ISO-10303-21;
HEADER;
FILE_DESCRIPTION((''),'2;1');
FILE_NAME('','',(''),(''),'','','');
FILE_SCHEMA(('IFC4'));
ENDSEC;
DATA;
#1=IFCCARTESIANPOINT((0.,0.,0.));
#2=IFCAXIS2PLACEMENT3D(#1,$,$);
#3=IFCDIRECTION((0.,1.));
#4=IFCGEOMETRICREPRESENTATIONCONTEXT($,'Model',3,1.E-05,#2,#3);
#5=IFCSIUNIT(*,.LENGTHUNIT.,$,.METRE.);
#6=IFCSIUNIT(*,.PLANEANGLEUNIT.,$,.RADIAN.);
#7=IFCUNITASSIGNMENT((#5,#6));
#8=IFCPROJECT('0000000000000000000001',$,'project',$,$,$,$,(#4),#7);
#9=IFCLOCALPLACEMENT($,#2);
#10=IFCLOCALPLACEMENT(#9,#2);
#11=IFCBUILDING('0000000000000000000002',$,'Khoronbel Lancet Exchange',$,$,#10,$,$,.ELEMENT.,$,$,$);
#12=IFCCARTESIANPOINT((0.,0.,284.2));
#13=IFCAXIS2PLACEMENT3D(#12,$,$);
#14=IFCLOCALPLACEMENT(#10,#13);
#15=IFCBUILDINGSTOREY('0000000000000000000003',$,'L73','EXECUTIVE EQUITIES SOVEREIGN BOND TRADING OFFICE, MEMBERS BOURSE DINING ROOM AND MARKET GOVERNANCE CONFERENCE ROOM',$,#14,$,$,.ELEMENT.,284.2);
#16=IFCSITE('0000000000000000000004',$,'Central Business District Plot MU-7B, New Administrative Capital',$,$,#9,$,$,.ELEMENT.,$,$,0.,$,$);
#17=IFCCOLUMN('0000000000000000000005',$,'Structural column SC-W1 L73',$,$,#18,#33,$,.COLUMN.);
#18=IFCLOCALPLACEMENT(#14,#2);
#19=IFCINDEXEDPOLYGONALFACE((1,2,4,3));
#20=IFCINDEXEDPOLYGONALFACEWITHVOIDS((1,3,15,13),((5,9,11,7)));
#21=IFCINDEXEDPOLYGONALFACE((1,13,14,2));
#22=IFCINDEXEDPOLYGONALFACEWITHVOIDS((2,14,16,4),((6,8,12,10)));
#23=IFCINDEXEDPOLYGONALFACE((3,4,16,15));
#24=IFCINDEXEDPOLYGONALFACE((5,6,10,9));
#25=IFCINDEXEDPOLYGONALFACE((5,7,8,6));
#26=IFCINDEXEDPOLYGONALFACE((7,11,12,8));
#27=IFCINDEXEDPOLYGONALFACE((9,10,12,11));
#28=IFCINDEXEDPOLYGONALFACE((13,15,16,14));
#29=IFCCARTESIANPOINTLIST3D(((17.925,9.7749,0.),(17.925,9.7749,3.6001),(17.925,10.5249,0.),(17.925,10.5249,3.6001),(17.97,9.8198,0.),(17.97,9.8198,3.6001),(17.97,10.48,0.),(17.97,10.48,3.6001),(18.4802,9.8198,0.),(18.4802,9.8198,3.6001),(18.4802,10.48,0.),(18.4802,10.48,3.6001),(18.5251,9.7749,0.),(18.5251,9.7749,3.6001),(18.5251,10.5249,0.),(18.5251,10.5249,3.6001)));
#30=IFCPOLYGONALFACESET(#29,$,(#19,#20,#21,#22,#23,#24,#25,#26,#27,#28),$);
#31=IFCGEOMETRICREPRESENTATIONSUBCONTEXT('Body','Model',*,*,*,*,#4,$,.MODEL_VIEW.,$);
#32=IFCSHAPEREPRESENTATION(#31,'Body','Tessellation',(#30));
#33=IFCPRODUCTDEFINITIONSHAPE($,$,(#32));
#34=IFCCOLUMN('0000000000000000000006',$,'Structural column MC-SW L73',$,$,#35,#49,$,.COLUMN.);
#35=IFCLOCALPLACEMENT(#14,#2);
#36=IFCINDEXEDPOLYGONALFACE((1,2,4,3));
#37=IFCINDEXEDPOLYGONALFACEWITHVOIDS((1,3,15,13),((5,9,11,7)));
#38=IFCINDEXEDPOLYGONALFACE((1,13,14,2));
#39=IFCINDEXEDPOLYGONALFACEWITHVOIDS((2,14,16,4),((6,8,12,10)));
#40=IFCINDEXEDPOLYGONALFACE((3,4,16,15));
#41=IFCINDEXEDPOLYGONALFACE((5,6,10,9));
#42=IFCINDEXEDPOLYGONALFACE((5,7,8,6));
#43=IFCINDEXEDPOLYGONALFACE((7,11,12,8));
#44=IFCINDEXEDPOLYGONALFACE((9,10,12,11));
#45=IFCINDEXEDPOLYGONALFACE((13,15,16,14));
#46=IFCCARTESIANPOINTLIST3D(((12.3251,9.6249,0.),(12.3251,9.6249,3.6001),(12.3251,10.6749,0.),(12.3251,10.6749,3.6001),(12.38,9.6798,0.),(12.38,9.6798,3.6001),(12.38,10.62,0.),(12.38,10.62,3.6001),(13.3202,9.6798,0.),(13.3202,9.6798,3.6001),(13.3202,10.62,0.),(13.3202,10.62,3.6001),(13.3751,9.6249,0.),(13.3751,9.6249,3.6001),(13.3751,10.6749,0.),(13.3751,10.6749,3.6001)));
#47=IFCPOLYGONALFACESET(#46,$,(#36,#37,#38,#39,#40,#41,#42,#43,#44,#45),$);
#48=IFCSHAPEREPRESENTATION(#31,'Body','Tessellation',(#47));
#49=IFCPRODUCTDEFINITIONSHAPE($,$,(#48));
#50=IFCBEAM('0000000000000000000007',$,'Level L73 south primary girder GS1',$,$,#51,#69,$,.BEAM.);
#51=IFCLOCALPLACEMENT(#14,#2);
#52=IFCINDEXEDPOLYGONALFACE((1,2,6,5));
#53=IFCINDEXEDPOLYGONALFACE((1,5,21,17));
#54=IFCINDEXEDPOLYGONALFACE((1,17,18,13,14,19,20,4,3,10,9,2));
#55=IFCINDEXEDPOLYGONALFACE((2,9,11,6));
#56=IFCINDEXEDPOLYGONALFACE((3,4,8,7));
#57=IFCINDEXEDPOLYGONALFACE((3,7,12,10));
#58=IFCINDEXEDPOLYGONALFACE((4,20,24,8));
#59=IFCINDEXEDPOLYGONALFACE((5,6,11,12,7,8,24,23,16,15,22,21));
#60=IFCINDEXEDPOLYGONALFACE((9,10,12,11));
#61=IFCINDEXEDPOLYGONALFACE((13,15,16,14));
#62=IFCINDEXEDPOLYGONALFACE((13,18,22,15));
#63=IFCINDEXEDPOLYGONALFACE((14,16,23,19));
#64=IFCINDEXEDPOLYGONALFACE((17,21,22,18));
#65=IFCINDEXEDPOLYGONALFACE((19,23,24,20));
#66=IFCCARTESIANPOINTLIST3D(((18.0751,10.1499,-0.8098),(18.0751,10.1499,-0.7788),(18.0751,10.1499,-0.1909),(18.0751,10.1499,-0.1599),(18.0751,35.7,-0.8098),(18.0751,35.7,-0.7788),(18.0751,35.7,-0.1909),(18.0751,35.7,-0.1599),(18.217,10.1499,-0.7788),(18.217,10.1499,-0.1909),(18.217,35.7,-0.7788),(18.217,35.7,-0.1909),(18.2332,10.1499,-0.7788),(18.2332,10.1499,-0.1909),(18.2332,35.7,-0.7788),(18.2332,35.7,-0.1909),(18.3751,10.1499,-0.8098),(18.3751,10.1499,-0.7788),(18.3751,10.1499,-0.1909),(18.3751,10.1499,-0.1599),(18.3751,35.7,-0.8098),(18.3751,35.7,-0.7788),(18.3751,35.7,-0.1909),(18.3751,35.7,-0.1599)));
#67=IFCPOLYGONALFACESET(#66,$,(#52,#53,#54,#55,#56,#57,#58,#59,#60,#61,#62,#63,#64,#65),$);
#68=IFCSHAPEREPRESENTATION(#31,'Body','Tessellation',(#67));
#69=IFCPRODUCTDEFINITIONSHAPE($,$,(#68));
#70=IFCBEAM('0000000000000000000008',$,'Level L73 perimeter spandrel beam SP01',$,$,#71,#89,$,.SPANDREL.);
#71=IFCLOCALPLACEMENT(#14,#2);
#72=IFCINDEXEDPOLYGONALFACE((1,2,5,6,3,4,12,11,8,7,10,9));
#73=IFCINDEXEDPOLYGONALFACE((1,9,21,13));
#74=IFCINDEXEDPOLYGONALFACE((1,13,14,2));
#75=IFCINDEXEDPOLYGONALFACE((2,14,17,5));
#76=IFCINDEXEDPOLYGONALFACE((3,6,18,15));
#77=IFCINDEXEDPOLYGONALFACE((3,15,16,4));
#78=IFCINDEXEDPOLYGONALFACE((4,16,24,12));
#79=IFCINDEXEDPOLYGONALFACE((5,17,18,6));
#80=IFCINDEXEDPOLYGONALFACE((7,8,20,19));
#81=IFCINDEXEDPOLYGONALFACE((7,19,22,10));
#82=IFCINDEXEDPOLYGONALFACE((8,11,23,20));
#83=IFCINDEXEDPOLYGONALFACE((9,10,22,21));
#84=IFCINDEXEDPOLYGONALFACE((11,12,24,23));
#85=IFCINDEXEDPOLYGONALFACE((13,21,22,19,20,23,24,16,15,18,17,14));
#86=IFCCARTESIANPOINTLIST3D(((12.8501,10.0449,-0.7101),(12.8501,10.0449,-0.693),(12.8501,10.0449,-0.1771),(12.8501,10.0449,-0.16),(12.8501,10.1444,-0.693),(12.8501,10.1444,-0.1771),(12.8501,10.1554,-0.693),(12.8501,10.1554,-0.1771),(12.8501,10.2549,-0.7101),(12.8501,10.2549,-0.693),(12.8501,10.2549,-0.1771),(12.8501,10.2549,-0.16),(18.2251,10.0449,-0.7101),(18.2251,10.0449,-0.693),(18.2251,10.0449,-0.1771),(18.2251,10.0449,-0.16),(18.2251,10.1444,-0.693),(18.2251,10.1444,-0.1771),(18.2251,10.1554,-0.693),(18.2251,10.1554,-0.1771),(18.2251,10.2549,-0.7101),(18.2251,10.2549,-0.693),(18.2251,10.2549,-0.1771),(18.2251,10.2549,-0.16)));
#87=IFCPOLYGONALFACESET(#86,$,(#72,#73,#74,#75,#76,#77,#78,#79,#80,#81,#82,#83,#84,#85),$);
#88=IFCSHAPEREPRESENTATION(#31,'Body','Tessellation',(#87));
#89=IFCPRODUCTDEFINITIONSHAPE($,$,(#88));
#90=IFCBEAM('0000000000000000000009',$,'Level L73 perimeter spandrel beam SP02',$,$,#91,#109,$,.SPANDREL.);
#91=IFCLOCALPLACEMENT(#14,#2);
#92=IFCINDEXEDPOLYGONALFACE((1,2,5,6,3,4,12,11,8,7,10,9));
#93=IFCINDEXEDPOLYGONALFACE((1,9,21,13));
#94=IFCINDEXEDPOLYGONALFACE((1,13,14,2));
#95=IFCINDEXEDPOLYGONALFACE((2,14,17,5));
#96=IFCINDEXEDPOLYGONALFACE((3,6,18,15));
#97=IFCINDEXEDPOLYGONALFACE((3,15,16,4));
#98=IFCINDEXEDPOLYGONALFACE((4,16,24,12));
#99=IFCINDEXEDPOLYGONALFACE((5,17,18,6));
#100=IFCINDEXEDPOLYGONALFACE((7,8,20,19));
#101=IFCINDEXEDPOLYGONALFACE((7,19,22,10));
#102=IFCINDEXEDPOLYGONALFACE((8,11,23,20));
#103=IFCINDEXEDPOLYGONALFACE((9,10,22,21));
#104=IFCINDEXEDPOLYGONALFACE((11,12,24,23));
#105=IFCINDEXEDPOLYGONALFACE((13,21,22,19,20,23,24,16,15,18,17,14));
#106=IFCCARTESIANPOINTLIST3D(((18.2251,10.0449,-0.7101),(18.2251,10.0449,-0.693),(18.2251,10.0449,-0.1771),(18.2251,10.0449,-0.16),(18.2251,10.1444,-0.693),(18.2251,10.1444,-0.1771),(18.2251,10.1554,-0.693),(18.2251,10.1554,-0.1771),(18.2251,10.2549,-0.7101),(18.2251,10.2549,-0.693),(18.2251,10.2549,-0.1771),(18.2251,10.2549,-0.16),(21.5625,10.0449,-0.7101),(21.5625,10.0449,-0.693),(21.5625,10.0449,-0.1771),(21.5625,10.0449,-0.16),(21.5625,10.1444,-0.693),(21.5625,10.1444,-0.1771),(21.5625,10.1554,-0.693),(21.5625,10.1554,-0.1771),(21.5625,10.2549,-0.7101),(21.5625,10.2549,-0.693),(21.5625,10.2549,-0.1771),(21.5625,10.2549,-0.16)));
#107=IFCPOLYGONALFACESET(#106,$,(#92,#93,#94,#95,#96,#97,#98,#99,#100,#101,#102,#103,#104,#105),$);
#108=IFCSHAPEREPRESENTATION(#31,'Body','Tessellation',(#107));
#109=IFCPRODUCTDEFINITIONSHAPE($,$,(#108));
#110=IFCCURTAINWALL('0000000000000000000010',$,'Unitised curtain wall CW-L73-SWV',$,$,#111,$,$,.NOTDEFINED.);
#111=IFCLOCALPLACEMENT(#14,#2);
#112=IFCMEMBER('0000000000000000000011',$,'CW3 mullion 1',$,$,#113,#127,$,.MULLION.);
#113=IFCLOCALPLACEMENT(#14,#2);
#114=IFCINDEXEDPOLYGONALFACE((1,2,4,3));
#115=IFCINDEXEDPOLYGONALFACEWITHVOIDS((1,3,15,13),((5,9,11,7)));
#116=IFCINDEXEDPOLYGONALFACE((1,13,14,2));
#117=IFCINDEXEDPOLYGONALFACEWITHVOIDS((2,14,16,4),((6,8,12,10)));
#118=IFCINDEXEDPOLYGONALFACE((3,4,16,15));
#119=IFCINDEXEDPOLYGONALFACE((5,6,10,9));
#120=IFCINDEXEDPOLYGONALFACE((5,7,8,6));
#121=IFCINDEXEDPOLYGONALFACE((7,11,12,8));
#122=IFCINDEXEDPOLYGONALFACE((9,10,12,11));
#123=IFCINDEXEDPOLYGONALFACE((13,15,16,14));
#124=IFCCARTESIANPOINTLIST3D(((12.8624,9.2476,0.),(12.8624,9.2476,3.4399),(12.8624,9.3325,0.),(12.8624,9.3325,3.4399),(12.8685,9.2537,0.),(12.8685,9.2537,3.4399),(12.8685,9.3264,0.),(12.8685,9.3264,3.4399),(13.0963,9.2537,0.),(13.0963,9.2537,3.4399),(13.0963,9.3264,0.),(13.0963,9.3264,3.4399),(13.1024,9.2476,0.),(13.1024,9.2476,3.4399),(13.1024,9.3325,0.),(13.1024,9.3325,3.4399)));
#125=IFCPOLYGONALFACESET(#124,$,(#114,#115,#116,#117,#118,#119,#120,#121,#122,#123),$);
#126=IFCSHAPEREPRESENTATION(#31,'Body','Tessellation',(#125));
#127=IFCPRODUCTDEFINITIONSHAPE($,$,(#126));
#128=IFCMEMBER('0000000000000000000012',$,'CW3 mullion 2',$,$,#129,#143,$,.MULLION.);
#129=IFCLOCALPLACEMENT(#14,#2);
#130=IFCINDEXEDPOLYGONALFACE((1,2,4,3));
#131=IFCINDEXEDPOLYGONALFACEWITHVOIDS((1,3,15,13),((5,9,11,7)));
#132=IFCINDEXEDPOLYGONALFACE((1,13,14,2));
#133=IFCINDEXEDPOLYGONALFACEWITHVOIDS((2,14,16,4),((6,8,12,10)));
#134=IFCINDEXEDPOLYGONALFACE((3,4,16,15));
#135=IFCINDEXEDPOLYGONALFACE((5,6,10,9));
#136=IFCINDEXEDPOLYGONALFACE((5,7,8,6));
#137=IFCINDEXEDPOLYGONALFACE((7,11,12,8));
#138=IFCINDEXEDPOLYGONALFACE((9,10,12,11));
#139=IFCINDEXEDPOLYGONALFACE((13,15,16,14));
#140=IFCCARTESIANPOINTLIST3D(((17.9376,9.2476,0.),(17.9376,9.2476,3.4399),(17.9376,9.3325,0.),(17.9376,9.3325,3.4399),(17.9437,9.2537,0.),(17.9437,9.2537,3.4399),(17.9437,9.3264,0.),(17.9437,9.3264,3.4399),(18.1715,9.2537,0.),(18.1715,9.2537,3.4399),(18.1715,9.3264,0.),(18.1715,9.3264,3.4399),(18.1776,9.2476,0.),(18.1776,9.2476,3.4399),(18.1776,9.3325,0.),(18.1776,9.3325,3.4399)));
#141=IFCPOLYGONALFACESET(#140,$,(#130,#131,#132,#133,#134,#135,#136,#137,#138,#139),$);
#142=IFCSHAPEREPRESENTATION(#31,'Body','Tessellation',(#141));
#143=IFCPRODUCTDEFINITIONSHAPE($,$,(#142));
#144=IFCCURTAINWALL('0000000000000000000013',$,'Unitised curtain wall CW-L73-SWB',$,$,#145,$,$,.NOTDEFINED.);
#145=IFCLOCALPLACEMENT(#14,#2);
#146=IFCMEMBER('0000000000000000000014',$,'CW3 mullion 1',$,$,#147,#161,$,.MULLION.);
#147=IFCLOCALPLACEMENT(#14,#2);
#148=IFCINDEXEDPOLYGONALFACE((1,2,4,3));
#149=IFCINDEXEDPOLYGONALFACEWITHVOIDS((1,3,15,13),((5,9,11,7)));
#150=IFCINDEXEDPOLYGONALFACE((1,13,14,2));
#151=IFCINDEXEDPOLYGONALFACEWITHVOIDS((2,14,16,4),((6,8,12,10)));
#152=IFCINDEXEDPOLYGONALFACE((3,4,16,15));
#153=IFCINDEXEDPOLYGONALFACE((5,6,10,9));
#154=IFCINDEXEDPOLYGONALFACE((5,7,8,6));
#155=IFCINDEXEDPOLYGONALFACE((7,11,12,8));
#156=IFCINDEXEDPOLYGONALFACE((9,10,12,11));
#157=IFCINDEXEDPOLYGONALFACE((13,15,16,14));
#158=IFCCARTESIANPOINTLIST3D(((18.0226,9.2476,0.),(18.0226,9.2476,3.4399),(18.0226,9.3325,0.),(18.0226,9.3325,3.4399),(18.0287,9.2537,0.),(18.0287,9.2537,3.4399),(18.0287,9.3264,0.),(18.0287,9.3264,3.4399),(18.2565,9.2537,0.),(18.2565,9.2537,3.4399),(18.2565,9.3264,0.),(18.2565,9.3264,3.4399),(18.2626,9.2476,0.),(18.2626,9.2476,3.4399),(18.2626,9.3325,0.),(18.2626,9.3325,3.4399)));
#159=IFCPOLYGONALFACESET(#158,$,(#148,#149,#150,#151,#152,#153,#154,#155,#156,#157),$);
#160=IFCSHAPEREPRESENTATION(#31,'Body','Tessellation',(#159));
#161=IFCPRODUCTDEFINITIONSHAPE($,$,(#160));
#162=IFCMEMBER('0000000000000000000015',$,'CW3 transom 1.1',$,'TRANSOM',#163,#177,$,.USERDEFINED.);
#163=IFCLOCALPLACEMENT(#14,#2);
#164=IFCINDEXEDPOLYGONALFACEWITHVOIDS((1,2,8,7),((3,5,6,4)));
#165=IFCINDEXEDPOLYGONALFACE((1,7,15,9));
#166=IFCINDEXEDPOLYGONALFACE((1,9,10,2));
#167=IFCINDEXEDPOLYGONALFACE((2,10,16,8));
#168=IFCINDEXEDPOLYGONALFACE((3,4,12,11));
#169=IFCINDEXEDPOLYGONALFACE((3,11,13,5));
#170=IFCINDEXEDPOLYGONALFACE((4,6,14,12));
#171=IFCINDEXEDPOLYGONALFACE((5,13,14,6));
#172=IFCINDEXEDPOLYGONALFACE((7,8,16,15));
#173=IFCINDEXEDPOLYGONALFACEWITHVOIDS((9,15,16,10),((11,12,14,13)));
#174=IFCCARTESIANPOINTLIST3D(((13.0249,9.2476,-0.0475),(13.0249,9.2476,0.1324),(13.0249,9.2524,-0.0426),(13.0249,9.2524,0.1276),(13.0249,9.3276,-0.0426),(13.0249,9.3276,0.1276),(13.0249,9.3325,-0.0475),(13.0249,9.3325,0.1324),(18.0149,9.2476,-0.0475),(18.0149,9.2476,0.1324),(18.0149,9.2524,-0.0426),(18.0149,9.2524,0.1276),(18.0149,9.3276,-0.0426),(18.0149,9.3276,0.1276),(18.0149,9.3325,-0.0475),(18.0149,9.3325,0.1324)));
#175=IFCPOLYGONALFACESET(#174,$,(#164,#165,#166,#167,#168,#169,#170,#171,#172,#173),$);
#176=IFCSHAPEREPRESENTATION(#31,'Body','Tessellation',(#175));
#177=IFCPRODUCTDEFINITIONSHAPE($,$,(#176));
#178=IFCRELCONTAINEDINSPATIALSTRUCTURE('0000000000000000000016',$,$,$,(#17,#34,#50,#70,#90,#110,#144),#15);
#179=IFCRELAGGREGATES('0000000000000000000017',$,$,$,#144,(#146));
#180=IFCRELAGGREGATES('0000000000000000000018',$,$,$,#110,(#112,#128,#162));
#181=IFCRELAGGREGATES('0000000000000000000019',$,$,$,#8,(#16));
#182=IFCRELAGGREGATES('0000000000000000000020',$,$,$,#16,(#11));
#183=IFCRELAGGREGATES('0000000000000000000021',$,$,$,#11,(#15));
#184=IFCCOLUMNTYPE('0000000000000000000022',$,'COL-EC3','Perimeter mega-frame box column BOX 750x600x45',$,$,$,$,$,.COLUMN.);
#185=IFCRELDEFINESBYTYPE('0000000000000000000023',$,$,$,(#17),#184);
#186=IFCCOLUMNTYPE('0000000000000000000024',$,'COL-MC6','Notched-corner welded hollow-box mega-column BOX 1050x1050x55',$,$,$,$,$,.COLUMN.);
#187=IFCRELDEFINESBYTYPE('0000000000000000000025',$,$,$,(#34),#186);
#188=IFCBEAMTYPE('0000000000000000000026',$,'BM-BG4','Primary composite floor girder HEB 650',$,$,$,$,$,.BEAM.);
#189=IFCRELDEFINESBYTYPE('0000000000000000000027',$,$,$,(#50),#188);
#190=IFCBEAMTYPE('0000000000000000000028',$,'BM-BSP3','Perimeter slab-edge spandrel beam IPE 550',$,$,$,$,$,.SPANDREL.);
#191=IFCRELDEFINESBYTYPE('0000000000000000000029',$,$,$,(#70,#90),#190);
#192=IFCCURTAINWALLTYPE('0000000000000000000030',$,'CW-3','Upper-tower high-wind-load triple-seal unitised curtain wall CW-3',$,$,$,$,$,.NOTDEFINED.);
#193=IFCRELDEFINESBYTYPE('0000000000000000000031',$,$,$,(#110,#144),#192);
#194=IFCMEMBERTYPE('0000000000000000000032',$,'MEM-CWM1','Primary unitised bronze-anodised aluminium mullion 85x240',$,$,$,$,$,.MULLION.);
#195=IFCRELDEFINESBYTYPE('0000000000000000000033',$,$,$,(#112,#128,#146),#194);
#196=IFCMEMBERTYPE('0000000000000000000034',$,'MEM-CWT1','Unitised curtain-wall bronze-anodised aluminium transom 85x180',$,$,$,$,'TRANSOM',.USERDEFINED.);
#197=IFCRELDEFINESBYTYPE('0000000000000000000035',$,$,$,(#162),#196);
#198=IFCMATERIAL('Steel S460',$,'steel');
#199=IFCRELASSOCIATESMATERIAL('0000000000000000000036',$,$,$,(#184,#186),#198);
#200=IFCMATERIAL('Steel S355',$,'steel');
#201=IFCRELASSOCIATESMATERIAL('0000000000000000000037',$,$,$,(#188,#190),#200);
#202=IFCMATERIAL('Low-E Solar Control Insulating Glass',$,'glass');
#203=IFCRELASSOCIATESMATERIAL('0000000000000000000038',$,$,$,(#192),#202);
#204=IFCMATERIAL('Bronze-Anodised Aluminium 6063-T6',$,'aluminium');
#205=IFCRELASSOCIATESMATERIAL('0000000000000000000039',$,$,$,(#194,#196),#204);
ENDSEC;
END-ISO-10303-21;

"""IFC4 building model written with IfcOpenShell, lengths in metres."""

from ifc_helpers import new_model, si_unit, direction, frame, origin, origin_2d, place, context, subcontext, project, spatial, hollow_rectangle, i_section, extrude, material, material_profile, profile_set, type_object, element, aggregate, save


model = new_model("IFC4")

# Units and contexts
model_context = context("Model", 3, precision=1e-05, world=origin(), true_north=direction((0.0, 1.0)))
body_context = subcontext(model_context, "Body", "Model", "MODEL_VIEW")
ifc_project = project(units=[si_unit("LENGTHUNIT", "METRE"), si_unit("PLANEANGLEUNIT", "RADIAN")], contexts=[model_context])

# Site, building, storey
site_placement = place(None, origin())
site = spatial("IfcSite", under=ifc_project, at=site_placement, Name="Central Business District Plot MU-7B, New Administrative Capital", CompositionType="ELEMENT", RefElevation=0.0)
building_placement = place(site_placement, origin())
building = spatial("IfcBuilding", under=site, at=building_placement, Name="Khoronbel Lancet Exchange", CompositionType="ELEMENT")
storey_placement = place(building_placement, frame((0.0, 0.0, 284.2)))
storey = spatial("IfcBuildingStorey", under=building, at=storey_placement, Name="L73", Description="EXECUTIVE EQUITIES SOVEREIGN BOND TRADING OFFICE, MEMBERS BOURSE DINING ROOM AND MARKET GOVERNANCE CONFERENCE ROOM", CompositionType="ELEMENT", Elevation=284.2)

# Columns
ifc_material_1 = material(Name="Steel S460", Category="steel")
ifc_material_profile_1 = material_profile(ifc_material_1, hollow_rectangle(XDim=0.6001, YDim=0.75, WallThickness=0.0449, at=origin_2d()), Name="BOX 750x600x45")
ifc_profile_set_1 = profile_set([ifc_material_profile_1], Name="Steel S460")
column_type_1 = type_object("IfcColumnType", Name="COL-EC3", Description="Perimeter mega-frame box column BOX 750x600x45", PredefinedType="COLUMN", material=ifc_profile_set_1)
column_1_placement = place(storey_placement, frame((18.2251, 10.1499, 0.0), z_axis=(0.0, 0.0, 1.0), x_axis=(1.0, 0.0, 0.0)))
element("IfcColumn", 1, at=column_1_placement, inside=storey, type_object=column_type_1, Name="Structural column SC-W1 L73", PredefinedType="COLUMN", context=body_context, shape_type="SweptSolid", body=[
    extrude(hollow_rectangle(XDim=0.6001, YDim=0.75, WallThickness=0.0449, at=origin_2d()), origin(), (0.0, 0.0, 1.0), 3.6001),
])
ifc_material_profile_2 = material_profile(ifc_material_1, hollow_rectangle(XDim=1.05, YDim=1.05, WallThickness=0.0549, at=origin_2d()), Name="BOX 1050x1050x55")
ifc_profile_set_2 = profile_set([ifc_material_profile_2], Name="Steel S460")
column_type_2 = type_object("IfcColumnType", Name="COL-MC6", Description="Notched-corner welded hollow-box mega-column BOX 1050x1050x55", PredefinedType="COLUMN", material=ifc_profile_set_2)
column_2_placement = place(storey_placement, frame((12.8501, 10.1499, 0.0), z_axis=(0.0, 0.0, 1.0), x_axis=(1.0, 0.0, 0.0)))
element("IfcColumn", 2, at=column_2_placement, inside=storey, type_object=column_type_2, Name="Structural column MC-SW L73", PredefinedType="COLUMN", context=body_context, shape_type="SweptSolid", body=[
    extrude(hollow_rectangle(XDim=1.05, YDim=1.05, WallThickness=0.0549, at=origin_2d()), origin(), (0.0, 0.0, 1.0), 3.6001),
])

# Beams
ifc_material_2 = material(Name="Steel S355", Category="steel")
ifc_material_profile_3 = material_profile(ifc_material_2, i_section(OverallWidth=0.3, OverallDepth=0.6499, WebThickness=0.0161, FlangeThickness=0.031, at=origin_2d()), Name="HEB 650")
ifc_profile_set_3 = profile_set([ifc_material_profile_3], Name="Steel S355")
beam_type_1 = type_object("IfcBeamType", Name="BM-BG4", Description="Primary composite floor girder HEB 650", PredefinedType="BEAM", material=ifc_profile_set_3)
beam_1_placement = place(storey_placement, frame((18.2251, 10.1499, -0.4849), z_axis=(0.0, 1.0, 0.0), x_axis=(-1.0, 0.0, 0.0)))
element("IfcBeam", 3, at=beam_1_placement, inside=storey, type_object=beam_type_1, Name="Level L73 south primary girder GS1", PredefinedType="BEAM", context=body_context, shape_type="SweptSolid", body=[
    extrude(i_section(OverallWidth=0.3, OverallDepth=0.6499, WebThickness=0.0161, FlangeThickness=0.031, at=origin_2d()), origin(), (0.0, 0.0, 1.0), 25.55),
])
ifc_material_profile_4 = material_profile(ifc_material_2, i_section(OverallWidth=0.21, OverallDepth=0.55, WebThickness=0.011, FlangeThickness=0.0171, at=origin_2d()), Name="IPE 550")
ifc_profile_set_4 = profile_set([ifc_material_profile_4], Name="Steel S355")
beam_type_2 = type_object("IfcBeamType", Name="BM-BSP3", Description="Perimeter slab-edge spandrel beam IPE 550", PredefinedType="SPANDREL", material=ifc_profile_set_4)
beam_2_placement = place(storey_placement, frame((12.8501, 10.1499, -0.4351), z_axis=(1.0, 0.0, 0.0), x_axis=(0.0, 1.0, 0.0)))
element("IfcBeam", 4, at=beam_2_placement, inside=storey, type_object=beam_type_2, Name="Level L73 perimeter spandrel beam SP01", PredefinedType="SPANDREL", context=body_context, shape_type="SweptSolid", body=[
    extrude(i_section(OverallWidth=0.21, OverallDepth=0.55, WebThickness=0.011, FlangeThickness=0.0171, at=origin_2d()), origin(), (0.0, 0.0, 1.0), 5.375),
])
beam_3_placement = place(storey_placement, frame((18.2251, 10.1499, -0.4351), z_axis=(1.0, 0.0, 0.0), x_axis=(0.0, 1.0, 0.0)))
element("IfcBeam", 5, at=beam_3_placement, inside=storey, type_object=beam_type_2, Name="Level L73 perimeter spandrel beam SP02", PredefinedType="SPANDREL", context=body_context, shape_type="SweptSolid", body=[
    extrude(i_section(OverallWidth=0.21, OverallDepth=0.55, WebThickness=0.011, FlangeThickness=0.0171, at=origin_2d()), origin(), (0.0, 0.0, 1.0), 3.3374),
])

# Curtain wall, members
ifc_material_3 = material(Name="Low-E Solar Control Insulating Glass", Category="glass")
curtain_wall_type = type_object("IfcCurtainWallType", Name="CW-3", Description="Upper-tower high-wind-load triple-seal unitised curtain wall CW-3", PredefinedType="NOTDEFINED", material=ifc_material_3)
curtain_wall_1_placement = place(storey_placement, origin())
curtain_wall_1 = element("IfcCurtainWall", 6, at=curtain_wall_1_placement, inside=storey, type_object=curtain_wall_type, Name="Unitised curtain wall CW-L73-SWV", PredefinedType="NOTDEFINED")
ifc_material_4 = material(Name="Bronze-Anodised Aluminium 6063-T6", Category="aluminium")
ifc_material_profile_5 = material_profile(ifc_material_4, hollow_rectangle(XDim=0.085, YDim=0.24, WallThickness=0.0061, at=origin_2d()), Name="ALU MULLION 85x240")
ifc_profile_set_5 = profile_set([ifc_material_profile_5], Name="Bronze-Anodised Aluminium 6063-T6")
member_type_1 = type_object("IfcMemberType", Name="MEM-CWM1", Description="Primary unitised bronze-anodised aluminium mullion 85x240", PredefinedType="MULLION", material=ifc_profile_set_5)
member_1_placement = place(storey_placement, frame((12.9824, 9.29, 0.0), z_axis=(0.0, 0.0, 1.0), x_axis=(0.0, 1.0, 0.0)))
member_1 = element("IfcMember", 7, at=member_1_placement, type_object=member_type_1, Name="CW3 mullion 1", PredefinedType="MULLION", context=body_context, shape_type="SweptSolid", body=[
    extrude(hollow_rectangle(XDim=0.085, YDim=0.24, WallThickness=0.0061, at=origin_2d()), origin(), (0.0, 0.0, 1.0), 3.4399),
])
member_2_placement = place(storey_placement, frame((18.0576, 9.29, 0.0), z_axis=(0.0, 0.0, 1.0), x_axis=(0.0, 1.0, 0.0)))
member_2 = element("IfcMember", 8, at=member_2_placement, type_object=member_type_1, Name="CW3 mullion 2", PredefinedType="MULLION", context=body_context, shape_type="SweptSolid", body=[
    extrude(hollow_rectangle(XDim=0.085, YDim=0.24, WallThickness=0.0061, at=origin_2d()), origin(), (0.0, 0.0, 1.0), 3.4399),
])

# Curtain wall, member
curtain_wall_2_placement = place(storey_placement, origin())
curtain_wall_2 = element("IfcCurtainWall", 9, at=curtain_wall_2_placement, inside=storey, type_object=curtain_wall_type, Name="Unitised curtain wall CW-L73-SWB", PredefinedType="NOTDEFINED")
member_3_placement = place(storey_placement, frame((18.1426, 9.29, 0.0), z_axis=(0.0, 0.0, 1.0), x_axis=(0.0, 1.0, 0.0)))
member_3 = element("IfcMember", 10, at=member_3_placement, type_object=member_type_1, Name="CW3 mullion 1", PredefinedType="MULLION", context=body_context, shape_type="SweptSolid", body=[
    extrude(hollow_rectangle(XDim=0.085, YDim=0.24, WallThickness=0.0061, at=origin_2d()), origin(), (0.0, 0.0, 1.0), 3.4399),
])

# Member
ifc_material_profile_6 = material_profile(ifc_material_4, hollow_rectangle(XDim=0.085, YDim=0.1799, WallThickness=0.0049, at=origin_2d()), Name="ALU TRANSOM 85x180")
ifc_profile_set_6 = profile_set([ifc_material_profile_6], Name="Bronze-Anodised Aluminium 6063-T6")
member_type_2 = type_object("IfcMemberType", Name="MEM-CWT1", Description="Unitised curtain-wall bronze-anodised aluminium transom 85x180", ElementType="TRANSOM", PredefinedType="USERDEFINED", material=ifc_profile_set_6)
member_4_placement = place(storey_placement, frame((13.0249, 9.29, 0.0425), z_axis=(1.0, 0.0, 0.0), x_axis=(0.0, 1.0, 0.0)))
member_4 = element("IfcMember", 11, at=member_4_placement, type_object=member_type_2, Name="CW3 transom 1.1", ObjectType="TRANSOM", PredefinedType="USERDEFINED", context=body_context, shape_type="SweptSolid", body=[
    extrude(hollow_rectangle(XDim=0.085, YDim=0.1799, WallThickness=0.0049, at=origin_2d()), origin(), (0.0, 0.0, 1.0), 4.99),
])
aggregate(curtain_wall_2, [member_3])

aggregate(curtain_wall_1, [member_1, member_2, member_4])

save(model, "model.ifc")
